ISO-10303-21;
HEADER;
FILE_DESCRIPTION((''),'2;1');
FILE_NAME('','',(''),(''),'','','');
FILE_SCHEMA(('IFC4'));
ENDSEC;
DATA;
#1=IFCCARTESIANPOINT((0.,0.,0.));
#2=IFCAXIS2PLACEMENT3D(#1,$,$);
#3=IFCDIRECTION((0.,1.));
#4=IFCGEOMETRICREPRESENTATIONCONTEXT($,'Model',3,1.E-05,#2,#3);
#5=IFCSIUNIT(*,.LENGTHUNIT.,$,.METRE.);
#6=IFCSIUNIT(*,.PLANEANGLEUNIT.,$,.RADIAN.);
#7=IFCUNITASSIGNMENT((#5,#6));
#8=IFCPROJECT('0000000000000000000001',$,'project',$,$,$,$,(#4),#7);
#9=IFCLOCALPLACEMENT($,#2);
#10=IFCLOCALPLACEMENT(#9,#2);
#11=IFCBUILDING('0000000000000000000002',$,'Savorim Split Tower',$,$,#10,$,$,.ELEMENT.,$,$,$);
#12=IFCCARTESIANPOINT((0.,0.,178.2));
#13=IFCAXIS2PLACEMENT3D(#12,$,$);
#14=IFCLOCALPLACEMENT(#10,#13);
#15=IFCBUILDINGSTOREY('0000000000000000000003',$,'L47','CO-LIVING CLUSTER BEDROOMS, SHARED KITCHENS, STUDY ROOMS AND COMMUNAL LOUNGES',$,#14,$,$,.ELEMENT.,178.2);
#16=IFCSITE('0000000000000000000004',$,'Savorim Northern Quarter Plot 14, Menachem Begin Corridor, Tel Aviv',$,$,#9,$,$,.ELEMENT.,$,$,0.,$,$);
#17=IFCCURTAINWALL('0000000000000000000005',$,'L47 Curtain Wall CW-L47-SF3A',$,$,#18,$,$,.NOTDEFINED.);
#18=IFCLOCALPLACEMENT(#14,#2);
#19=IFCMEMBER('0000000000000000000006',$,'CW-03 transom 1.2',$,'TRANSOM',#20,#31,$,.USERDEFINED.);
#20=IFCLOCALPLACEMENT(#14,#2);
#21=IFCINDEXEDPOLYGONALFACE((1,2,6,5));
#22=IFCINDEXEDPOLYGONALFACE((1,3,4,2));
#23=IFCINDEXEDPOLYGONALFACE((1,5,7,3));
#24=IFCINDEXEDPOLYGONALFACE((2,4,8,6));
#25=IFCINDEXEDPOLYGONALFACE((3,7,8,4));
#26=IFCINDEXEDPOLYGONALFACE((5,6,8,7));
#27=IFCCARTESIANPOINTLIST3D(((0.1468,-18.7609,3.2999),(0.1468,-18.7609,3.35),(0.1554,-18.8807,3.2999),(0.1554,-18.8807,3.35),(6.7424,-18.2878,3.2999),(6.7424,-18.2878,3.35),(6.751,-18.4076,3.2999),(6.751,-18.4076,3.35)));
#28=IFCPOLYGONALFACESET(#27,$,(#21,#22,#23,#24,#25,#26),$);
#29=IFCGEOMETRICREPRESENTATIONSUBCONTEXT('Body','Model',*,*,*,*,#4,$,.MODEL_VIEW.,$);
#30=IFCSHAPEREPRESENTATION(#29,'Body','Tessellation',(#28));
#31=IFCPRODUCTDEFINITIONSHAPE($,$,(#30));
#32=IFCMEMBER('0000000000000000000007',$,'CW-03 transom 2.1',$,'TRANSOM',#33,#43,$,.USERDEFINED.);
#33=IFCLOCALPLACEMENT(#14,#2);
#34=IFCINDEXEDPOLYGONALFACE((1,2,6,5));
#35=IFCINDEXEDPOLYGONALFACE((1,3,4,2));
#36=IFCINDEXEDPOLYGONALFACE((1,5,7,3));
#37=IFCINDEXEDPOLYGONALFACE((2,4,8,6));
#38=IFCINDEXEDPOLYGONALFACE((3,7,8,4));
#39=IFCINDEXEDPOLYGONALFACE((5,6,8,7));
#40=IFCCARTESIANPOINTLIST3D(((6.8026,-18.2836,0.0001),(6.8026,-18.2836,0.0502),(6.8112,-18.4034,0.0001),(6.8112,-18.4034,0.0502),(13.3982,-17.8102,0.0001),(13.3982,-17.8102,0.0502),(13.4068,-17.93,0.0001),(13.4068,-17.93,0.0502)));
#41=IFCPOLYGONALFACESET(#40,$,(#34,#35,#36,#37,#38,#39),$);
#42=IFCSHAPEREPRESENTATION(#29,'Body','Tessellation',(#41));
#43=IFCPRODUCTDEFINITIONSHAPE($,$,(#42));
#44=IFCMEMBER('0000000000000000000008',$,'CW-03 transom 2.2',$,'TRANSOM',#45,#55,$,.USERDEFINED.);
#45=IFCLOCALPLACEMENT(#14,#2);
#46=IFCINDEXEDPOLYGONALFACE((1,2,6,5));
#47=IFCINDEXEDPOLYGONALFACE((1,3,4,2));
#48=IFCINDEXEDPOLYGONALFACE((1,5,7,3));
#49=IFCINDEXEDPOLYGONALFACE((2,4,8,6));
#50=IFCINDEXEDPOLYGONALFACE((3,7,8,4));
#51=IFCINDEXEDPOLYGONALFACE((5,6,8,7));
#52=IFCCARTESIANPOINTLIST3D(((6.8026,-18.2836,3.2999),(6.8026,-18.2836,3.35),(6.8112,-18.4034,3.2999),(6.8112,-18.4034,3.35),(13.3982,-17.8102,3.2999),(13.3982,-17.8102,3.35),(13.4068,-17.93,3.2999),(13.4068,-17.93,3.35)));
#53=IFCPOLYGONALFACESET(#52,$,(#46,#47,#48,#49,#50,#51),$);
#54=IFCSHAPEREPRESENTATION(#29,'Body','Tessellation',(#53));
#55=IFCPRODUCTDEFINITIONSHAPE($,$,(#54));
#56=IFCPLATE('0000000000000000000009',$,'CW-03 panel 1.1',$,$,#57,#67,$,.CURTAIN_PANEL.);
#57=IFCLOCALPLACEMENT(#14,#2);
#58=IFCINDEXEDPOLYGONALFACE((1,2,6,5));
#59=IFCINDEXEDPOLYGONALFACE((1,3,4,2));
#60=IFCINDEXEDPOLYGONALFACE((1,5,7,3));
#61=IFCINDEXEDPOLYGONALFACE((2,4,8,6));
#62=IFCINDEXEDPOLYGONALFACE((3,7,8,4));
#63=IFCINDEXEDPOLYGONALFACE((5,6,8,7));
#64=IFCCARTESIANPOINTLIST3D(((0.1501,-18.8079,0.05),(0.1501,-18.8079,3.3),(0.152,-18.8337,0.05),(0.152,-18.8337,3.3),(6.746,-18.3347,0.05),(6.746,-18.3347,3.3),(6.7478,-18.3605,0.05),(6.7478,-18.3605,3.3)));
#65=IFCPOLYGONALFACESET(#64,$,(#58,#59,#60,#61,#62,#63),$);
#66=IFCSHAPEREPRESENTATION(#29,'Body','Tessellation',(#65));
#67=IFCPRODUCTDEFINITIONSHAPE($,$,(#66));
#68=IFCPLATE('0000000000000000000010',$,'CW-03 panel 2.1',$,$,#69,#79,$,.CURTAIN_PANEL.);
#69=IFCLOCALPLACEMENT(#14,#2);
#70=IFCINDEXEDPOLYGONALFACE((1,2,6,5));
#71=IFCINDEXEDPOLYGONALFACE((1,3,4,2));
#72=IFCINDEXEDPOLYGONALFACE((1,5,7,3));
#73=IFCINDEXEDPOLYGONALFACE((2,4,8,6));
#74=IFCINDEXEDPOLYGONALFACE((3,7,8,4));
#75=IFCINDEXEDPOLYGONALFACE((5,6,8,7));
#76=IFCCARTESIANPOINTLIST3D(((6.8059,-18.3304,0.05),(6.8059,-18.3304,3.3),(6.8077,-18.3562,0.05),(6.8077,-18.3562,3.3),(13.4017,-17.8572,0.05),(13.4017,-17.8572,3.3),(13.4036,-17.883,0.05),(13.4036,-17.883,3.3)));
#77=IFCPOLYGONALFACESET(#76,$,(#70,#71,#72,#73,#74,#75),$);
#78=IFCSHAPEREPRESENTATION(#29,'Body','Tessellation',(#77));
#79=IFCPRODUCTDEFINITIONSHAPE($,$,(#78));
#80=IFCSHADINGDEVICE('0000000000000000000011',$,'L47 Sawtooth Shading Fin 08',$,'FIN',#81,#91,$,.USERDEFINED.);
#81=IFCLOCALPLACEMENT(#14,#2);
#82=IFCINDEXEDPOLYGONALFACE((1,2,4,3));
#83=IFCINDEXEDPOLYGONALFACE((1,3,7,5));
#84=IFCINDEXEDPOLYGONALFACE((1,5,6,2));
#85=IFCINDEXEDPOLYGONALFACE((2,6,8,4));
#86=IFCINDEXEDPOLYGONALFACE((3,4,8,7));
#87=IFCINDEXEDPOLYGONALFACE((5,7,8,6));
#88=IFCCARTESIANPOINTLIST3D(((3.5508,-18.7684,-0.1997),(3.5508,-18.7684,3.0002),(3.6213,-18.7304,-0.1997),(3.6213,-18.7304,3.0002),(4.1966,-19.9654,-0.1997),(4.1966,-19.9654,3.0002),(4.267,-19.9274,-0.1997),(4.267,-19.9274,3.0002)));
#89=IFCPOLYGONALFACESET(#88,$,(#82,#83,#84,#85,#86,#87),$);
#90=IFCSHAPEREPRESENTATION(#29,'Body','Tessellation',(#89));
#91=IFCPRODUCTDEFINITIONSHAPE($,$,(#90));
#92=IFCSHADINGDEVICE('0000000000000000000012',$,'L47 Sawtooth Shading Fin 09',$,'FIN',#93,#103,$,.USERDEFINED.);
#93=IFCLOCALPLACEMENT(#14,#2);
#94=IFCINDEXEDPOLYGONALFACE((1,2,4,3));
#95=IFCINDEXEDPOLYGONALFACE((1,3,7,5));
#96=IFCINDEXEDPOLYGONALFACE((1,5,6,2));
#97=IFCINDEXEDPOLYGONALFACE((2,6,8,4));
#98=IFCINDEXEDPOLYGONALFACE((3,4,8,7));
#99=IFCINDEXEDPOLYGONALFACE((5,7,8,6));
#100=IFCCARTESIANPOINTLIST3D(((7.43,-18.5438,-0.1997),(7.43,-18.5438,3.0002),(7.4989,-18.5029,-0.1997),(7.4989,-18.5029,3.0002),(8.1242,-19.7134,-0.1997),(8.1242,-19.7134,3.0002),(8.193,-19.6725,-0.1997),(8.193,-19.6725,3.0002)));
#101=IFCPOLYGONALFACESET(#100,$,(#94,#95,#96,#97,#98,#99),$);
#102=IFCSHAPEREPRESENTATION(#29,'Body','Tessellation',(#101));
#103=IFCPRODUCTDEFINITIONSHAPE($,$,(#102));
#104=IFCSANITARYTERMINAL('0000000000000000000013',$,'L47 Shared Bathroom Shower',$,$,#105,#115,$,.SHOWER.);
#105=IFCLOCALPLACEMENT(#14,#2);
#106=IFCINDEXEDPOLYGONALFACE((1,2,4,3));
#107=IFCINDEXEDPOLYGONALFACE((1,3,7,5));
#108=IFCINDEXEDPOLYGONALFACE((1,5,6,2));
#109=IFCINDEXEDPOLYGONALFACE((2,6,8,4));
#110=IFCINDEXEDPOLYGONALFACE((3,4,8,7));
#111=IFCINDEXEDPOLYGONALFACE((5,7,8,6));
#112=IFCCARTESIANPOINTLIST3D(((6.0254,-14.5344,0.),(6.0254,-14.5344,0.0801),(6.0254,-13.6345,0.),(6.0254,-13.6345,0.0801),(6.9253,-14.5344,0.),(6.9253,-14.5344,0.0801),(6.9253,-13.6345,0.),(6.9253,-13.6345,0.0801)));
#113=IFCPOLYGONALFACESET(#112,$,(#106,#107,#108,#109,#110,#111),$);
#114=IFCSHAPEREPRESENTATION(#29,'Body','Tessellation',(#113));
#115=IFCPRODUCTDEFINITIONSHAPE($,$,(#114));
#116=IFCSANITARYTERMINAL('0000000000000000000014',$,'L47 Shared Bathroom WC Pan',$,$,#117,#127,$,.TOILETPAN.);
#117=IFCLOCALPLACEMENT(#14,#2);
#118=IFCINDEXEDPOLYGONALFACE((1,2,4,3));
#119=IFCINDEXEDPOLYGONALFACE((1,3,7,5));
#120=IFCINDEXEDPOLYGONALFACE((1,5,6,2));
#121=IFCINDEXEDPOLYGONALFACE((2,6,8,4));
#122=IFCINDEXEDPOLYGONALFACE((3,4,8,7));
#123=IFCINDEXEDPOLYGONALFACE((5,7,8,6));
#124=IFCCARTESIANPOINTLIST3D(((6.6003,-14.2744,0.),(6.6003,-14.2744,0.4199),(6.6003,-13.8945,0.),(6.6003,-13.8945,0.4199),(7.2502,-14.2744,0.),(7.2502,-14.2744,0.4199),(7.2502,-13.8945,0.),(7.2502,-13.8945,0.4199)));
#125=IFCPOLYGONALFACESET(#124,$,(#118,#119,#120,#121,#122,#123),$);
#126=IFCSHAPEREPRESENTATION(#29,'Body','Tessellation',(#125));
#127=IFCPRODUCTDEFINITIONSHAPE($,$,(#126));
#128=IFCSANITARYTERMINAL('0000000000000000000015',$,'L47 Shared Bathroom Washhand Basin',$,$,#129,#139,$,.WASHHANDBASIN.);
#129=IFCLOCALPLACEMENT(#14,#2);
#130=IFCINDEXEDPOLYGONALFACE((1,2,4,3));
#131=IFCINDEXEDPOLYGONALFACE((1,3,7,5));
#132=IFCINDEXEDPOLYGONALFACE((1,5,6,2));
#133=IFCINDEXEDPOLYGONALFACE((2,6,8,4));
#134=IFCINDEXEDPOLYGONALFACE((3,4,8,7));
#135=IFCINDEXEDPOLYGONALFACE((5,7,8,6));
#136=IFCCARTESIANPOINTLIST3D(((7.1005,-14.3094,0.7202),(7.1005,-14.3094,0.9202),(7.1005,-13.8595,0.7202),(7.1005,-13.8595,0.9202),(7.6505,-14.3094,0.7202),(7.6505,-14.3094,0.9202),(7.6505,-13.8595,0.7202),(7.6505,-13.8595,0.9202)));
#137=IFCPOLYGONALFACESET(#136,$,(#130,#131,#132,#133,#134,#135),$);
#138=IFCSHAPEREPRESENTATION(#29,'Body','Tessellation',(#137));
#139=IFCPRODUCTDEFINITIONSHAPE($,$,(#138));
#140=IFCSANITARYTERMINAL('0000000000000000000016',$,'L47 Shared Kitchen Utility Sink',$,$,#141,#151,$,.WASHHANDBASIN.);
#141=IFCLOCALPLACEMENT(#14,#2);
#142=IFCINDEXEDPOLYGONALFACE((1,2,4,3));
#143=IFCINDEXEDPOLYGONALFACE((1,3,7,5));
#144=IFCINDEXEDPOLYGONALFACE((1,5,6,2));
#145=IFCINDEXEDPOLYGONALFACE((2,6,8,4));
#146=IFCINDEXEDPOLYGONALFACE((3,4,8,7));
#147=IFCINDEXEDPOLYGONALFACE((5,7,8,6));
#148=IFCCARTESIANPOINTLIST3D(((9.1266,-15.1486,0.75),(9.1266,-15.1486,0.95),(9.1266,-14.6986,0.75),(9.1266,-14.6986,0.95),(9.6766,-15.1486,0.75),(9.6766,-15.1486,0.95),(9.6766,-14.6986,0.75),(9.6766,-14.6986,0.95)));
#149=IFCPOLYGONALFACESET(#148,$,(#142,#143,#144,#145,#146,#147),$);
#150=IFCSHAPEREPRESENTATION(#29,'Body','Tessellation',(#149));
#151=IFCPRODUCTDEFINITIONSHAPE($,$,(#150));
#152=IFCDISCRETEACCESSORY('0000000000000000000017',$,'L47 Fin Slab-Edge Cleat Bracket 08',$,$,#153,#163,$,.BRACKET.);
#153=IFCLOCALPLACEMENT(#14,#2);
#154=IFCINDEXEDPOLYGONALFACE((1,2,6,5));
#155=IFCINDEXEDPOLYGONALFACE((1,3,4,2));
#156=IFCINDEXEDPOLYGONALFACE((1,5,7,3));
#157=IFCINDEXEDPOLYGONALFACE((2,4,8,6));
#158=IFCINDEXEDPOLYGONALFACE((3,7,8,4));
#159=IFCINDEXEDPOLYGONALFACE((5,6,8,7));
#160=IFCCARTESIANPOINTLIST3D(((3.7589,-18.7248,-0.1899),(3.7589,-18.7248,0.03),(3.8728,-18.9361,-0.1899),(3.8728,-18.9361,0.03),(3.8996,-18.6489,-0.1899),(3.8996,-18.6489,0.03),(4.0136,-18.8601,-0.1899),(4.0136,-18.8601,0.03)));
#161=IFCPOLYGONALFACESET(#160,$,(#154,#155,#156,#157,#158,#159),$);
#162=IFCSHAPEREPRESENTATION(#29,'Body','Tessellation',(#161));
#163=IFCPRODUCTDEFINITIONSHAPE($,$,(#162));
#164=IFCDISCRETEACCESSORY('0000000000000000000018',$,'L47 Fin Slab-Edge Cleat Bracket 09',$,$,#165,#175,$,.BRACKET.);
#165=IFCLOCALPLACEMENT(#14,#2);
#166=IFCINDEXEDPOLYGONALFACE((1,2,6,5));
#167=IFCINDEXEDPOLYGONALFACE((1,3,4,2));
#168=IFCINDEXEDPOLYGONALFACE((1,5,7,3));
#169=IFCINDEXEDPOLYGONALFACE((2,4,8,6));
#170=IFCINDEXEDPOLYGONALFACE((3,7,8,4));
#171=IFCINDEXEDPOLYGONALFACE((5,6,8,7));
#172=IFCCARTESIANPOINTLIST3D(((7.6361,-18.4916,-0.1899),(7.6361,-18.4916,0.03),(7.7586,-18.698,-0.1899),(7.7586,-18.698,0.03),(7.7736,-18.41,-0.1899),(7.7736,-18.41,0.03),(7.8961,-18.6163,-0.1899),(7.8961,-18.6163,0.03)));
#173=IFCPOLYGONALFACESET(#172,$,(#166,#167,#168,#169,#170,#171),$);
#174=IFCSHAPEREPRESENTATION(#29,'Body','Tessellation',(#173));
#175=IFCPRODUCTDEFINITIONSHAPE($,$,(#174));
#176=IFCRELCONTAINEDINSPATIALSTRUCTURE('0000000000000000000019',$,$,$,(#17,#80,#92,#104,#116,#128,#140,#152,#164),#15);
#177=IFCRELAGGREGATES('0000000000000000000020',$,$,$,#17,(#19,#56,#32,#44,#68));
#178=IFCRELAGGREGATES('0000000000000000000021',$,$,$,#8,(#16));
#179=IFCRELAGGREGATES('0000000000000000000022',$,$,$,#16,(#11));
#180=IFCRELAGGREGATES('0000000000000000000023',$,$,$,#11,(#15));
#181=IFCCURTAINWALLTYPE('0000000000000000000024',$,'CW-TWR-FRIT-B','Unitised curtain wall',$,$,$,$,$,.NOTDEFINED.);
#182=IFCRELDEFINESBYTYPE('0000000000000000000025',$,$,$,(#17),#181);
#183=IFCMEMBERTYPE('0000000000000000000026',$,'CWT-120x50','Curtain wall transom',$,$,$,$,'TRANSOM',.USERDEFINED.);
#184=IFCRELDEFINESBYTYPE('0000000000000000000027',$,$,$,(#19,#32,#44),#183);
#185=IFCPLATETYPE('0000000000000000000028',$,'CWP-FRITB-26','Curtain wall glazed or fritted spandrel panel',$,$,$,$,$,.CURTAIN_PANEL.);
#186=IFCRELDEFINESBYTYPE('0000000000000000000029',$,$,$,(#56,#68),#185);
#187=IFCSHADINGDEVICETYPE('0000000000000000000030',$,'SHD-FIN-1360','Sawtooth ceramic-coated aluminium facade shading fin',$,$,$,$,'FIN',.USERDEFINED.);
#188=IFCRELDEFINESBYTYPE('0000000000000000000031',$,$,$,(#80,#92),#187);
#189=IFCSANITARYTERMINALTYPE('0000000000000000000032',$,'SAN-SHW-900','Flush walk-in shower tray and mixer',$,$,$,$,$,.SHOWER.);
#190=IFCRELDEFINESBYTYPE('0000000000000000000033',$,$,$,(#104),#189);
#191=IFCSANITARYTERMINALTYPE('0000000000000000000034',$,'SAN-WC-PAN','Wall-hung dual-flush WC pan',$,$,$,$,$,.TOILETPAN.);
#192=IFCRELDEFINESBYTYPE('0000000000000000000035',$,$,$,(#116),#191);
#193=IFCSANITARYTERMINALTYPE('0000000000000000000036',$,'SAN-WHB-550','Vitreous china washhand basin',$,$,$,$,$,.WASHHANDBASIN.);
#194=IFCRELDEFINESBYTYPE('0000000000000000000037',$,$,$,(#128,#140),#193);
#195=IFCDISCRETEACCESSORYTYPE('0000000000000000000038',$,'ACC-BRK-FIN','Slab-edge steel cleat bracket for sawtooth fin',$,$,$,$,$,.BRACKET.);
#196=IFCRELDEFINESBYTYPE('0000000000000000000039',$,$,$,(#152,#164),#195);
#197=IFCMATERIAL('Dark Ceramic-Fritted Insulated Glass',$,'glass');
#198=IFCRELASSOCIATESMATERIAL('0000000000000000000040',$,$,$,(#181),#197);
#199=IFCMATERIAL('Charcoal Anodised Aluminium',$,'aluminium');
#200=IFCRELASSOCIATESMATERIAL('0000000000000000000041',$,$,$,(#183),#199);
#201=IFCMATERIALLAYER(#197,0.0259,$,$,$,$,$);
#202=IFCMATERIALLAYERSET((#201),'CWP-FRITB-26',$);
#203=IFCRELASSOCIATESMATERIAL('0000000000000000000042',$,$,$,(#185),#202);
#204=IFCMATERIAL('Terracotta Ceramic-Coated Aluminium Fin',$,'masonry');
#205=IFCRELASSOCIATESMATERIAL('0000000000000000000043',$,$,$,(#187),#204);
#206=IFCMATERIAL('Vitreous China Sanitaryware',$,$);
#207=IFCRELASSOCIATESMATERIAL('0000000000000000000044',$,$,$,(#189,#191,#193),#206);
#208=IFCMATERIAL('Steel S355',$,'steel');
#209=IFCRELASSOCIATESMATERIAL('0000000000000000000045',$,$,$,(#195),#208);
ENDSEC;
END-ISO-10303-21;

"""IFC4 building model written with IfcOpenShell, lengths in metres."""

from ifc_helpers import new_model, si_unit, direction, frame, origin, origin_2d, place, context, subcontext, project, spatial, rectangle, extrude, material, layer, layer_set, material_profile, profile_set, type_object, element, aggregate, save


model = new_model("IFC4")

# Units and contexts
model_context = context("Model", 3, precision=1e-05, world=origin(), true_north=direction((0.0, 1.0)))
body_context = subcontext(model_context, "Body", "Model", "MODEL_VIEW")
ifc_project = project(units=[si_unit("LENGTHUNIT", "METRE"), si_unit("PLANEANGLEUNIT", "RADIAN")], contexts=[model_context])

# Site, building, storey
site_placement = place(None, origin())
site = spatial("IfcSite", under=ifc_project, at=site_placement, Name="Savorim Northern Quarter Plot 14, Menachem Begin Corridor, Tel Aviv", CompositionType="ELEMENT", RefElevation=0.0)
building_placement = place(site_placement, origin())
building = spatial("IfcBuilding", under=site, at=building_placement, Name="Savorim Split Tower", CompositionType="ELEMENT")
storey_placement = place(building_placement, frame((0.0, 0.0, 178.2)))
storey = spatial("IfcBuildingStorey", under=building, at=storey_placement, Name="L47", Description="CO-LIVING CLUSTER BEDROOMS, SHARED KITCHENS, STUDY ROOMS AND COMMUNAL LOUNGES", CompositionType="ELEMENT", Elevation=178.2)

# Shared definitions
ifc_material_1 = material(Name="Steel S355", Category="steel")

# Curtain wall, members, plates
ifc_material_2 = material(Name="Dark Ceramic-Fritted Insulated Glass", Category="glass")
curtain_wall_type = type_object("IfcCurtainWallType", Name="CW-TWR-FRIT-B", Description="Unitised curtain wall", PredefinedType="NOTDEFINED", material=ifc_material_2)
curtain_wall_placement = place(storey_placement, origin())
curtain_wall = element("IfcCurtainWall", 1, at=curtain_wall_placement, inside=storey, type_object=curtain_wall_type, Name="L47 Curtain Wall CW-L47-SF3A", PredefinedType="NOTDEFINED")
ifc_material_3 = material(Name="Charcoal Anodised Aluminium", Category="aluminium")
ifc_material_profile_1 = material_profile(ifc_material_3, rectangle(XDim=0.1201, YDim=0.05, at=origin_2d()), Name="ALU-T 120x50")
ifc_profile_set_1 = profile_set([ifc_material_profile_1], Name="Charcoal Anodised Aluminium")
member_type_1 = type_object("IfcMemberType", Name="CWT-120x50", Description="Curtain wall transom", ElementType="TRANSOM", PredefinedType="USERDEFINED", material=ifc_profile_set_1)
member_1_placement = place(storey_placement, frame((0.1511, -18.8208, 3.325), z_axis=(0.997437, 0.071551, 0.0), x_axis=(-0.071551, 0.997437, 0.0)))
member_1 = element("IfcMember", 2, at=member_1_placement, type_object=member_type_1, Name="CW-03 transom 1.2", ObjectType="TRANSOM", PredefinedType="USERDEFINED", context=body_context, shape_type="SweptSolid", body=[
    extrude(rectangle(XDim=0.1201, YDim=0.05, at=origin_2d()), origin(), (0.0, 0.0, 1.0), 6.6125),
])
member_2_placement = place(storey_placement, frame((6.8069, -18.3435, 0.0251), z_axis=(0.997434, 0.071588, 0.0), x_axis=(-0.071588, 0.997434, 0.0)))
member_2 = element("IfcMember", 3, at=member_2_placement, type_object=member_type_1, Name="CW-03 transom 2.1", ObjectType="TRANSOM", PredefinedType="USERDEFINED", context=body_context, shape_type="SweptSolid", body=[
    extrude(rectangle(XDim=0.1201, YDim=0.05, at=origin_2d()), origin(), (0.0, 0.0, 1.0), 6.6125),
])
member_3_placement = place(storey_placement, frame((6.8069, -18.3435, 3.325), z_axis=(0.997434, 0.071588, 0.0), x_axis=(-0.071588, 0.997434, 0.0)))
member_3 = element("IfcMember", 4, at=member_3_placement, type_object=member_type_1, Name="CW-03 transom 2.2", ObjectType="TRANSOM", PredefinedType="USERDEFINED", context=body_context, shape_type="SweptSolid", body=[
    extrude(rectangle(XDim=0.1201, YDim=0.05, at=origin_2d()), origin(), (0.0, 0.0, 1.0), 6.6125),
])
ifc_layer = layer(ifc_material_2, 0.0259)
ifc_layer_set = layer_set([ifc_layer], Name="CWP-FRITB-26")
plate_type = type_object("IfcPlateType", Name="CWP-FRITB-26", Description="Curtain wall glazed or fritted spandrel panel", PredefinedType="CURTAIN_PANEL", material=ifc_layer_set)
plate_1_placement = place(storey_placement, frame((3.449, -18.5842, 0.05), z_axis=(0.0, 0.0, 1.0), x_axis=(0.997436, 0.071559, 0.0)))
plate_1 = element("IfcPlate", 5, at=plate_1_placement, type_object=plate_type, Name="CW-03 panel 1.1", PredefinedType="CURTAIN_PANEL", context=body_context, shape_type="SweptSolid", body=[
    extrude(rectangle(XDim=6.6128, YDim=0.0259, at=origin_2d()), origin(), (0.0, 0.0, 1.0), 3.25),
])
plate_2_placement = place(storey_placement, frame((10.1047, -18.1067, 0.05), z_axis=(0.0, 0.0, 1.0), x_axis=(0.997436, 0.071559, 0.0)))
plate_2 = element("IfcPlate", 6, at=plate_2_placement, type_object=plate_type, Name="CW-03 panel 2.1", PredefinedType="CURTAIN_PANEL", context=body_context, shape_type="SweptSolid", body=[
    extrude(rectangle(XDim=6.6128, YDim=0.0259, at=origin_2d()), origin(), (0.0, 0.0, 1.0), 3.25),
])
aggregate(curtain_wall, [member_1, plate_1, member_2, member_3, plate_2])

# Shading devices
ifc_material_4 = material(Name="Terracotta Ceramic-Coated Aluminium Fin", Category="masonry")
shading_device_type = type_object("IfcShadingDeviceType", Name="SHD-FIN-1360", Description="Sawtooth ceramic-coated aluminium facade shading fin", ElementType="FIN", PredefinedType="USERDEFINED", material=ifc_material_4)
for number, where, z_axis, x_axis, name in (
    (7, (3.9089, -19.3479, -0.1997), (0.0, 0.0, 1.0), (0.474778, -0.880106, 0.0), "L47 Sawtooth Shading Fin 08"),
    (8, (7.8115, -19.1082, -0.1997), (0.0, 0.0, 1.0), (0.510391, -0.859942, 0.0), "L47 Sawtooth Shading Fin 09"),
):
    element("IfcShadingDevice", number, at=place(storey_placement, frame(where, z_axis=z_axis, x_axis=x_axis)), inside=storey, type_object=shading_device_type, Name=name, ObjectType="FIN", PredefinedType="USERDEFINED", context=body_context, shape_type="SweptSolid", body=[
        extrude(rectangle(XDim=1.3601, YDim=0.0801, at=origin_2d()), origin(), (0.0, 0.0, 1.0), 3.2),
    ])

# Sanitary terminals
ifc_material_5 = material(Name="Vitreous China Sanitaryware")
sanitary_terminal_type_1 = type_object("IfcSanitaryTerminalType", Name="SAN-SHW-900", Description="Flush walk-in shower tray and mixer", PredefinedType="SHOWER", material=ifc_material_5)
sanitary_terminal_1_placement = place(storey_placement, frame((6.4753, -14.0845, 0.0), z_axis=(0.0, 0.0, 1.0), x_axis=(1.0, 0.0, 0.0)))
element("IfcSanitaryTerminal", 9, at=sanitary_terminal_1_placement, inside=storey, type_object=sanitary_terminal_type_1, Name="L47 Shared Bathroom Shower", PredefinedType="SHOWER", context=body_context, shape_type="SweptSolid", body=[
    extrude(rectangle(XDim=0.8999, YDim=0.8999, at=origin_2d()), origin(), (0.0, 0.0, 1.0), 0.0801),
])
sanitary_terminal_type_2 = type_object("IfcSanitaryTerminalType", Name="SAN-WC-PAN", Description="Wall-hung dual-flush WC pan", PredefinedType="TOILETPAN", material=ifc_material_5)
sanitary_terminal_2_placement = place(storey_placement, frame((6.9253, -14.0845, 0.0), z_axis=(0.0, 0.0, 1.0), x_axis=(1.0, 0.0, 0.0)))
element("IfcSanitaryTerminal", 10, at=sanitary_terminal_2_placement, inside=storey, type_object=sanitary_terminal_type_2, Name="L47 Shared Bathroom WC Pan", PredefinedType="TOILETPAN", context=body_context, shape_type="SweptSolid", body=[
    extrude(rectangle(XDim=0.6499, YDim=0.3799, at=origin_2d()), origin(), (0.0, 0.0, 1.0), 0.4199),
])
sanitary_terminal_type_3 = type_object("IfcSanitaryTerminalType", Name="SAN-WHB-550", Description="Vitreous china washhand basin", PredefinedType="WASHHANDBASIN", material=ifc_material_5)
for number, where, z_axis, x_axis, name in (
    (11, (7.3755, -14.0845, 0.7202), (0.0, 0.0, 1.0), (1.0, 0.0, 0.0), "L47 Shared Bathroom Washhand Basin"),
    (12, (9.4016, -14.9236, 0.75), (0.0, 0.0, 1.0), (1.0, 0.0, 0.0), "L47 Shared Kitchen Utility Sink"),
):
    element("IfcSanitaryTerminal", number, at=place(storey_placement, frame(where, z_axis=z_axis, x_axis=x_axis)), inside=storey, type_object=sanitary_terminal_type_3, Name=name, PredefinedType="WASHHANDBASIN", context=body_context, shape_type="SweptSolid", body=[
        extrude(rectangle(XDim=0.55, YDim=0.45, at=origin_2d()), origin(), (0.0, 0.0, 1.0), 0.2),
    ])

# Discrete accessories
discrete_accessory_type = type_object("IfcDiscreteAccessoryType", Name="ACC-BRK-FIN", Description="Slab-edge steel cleat bracket for sawtooth fin", PredefinedType="BRACKET", material=ifc_material_1)
for number, where, z_axis, x_axis, name in (
    (13, (3.8862, -18.7925, -0.1899), (0.0, 0.0, 1.0), (0.474778, -0.880106, 0.0), "L47 Fin Slab-Edge Cleat Bracket 08"),
    (14, (7.7661, -18.554, -0.1899), (0.0, 0.0, 1.0), (0.510391, -0.859942, 0.0), "L47 Fin Slab-Edge Cleat Bracket 09"),
):
    element("IfcDiscreteAccessory", number, at=place(storey_placement, frame(where, z_axis=z_axis, x_axis=x_axis)), inside=storey, type_object=discrete_accessory_type, Name=name, PredefinedType="BRACKET", context=body_context, shape_type="SweptSolid", body=[
        extrude(rectangle(XDim=0.24, YDim=0.1599, at=origin_2d()), origin(), (0.0, 0.0, 1.0), 0.22),
    ])

save(model, "model.ifc")
